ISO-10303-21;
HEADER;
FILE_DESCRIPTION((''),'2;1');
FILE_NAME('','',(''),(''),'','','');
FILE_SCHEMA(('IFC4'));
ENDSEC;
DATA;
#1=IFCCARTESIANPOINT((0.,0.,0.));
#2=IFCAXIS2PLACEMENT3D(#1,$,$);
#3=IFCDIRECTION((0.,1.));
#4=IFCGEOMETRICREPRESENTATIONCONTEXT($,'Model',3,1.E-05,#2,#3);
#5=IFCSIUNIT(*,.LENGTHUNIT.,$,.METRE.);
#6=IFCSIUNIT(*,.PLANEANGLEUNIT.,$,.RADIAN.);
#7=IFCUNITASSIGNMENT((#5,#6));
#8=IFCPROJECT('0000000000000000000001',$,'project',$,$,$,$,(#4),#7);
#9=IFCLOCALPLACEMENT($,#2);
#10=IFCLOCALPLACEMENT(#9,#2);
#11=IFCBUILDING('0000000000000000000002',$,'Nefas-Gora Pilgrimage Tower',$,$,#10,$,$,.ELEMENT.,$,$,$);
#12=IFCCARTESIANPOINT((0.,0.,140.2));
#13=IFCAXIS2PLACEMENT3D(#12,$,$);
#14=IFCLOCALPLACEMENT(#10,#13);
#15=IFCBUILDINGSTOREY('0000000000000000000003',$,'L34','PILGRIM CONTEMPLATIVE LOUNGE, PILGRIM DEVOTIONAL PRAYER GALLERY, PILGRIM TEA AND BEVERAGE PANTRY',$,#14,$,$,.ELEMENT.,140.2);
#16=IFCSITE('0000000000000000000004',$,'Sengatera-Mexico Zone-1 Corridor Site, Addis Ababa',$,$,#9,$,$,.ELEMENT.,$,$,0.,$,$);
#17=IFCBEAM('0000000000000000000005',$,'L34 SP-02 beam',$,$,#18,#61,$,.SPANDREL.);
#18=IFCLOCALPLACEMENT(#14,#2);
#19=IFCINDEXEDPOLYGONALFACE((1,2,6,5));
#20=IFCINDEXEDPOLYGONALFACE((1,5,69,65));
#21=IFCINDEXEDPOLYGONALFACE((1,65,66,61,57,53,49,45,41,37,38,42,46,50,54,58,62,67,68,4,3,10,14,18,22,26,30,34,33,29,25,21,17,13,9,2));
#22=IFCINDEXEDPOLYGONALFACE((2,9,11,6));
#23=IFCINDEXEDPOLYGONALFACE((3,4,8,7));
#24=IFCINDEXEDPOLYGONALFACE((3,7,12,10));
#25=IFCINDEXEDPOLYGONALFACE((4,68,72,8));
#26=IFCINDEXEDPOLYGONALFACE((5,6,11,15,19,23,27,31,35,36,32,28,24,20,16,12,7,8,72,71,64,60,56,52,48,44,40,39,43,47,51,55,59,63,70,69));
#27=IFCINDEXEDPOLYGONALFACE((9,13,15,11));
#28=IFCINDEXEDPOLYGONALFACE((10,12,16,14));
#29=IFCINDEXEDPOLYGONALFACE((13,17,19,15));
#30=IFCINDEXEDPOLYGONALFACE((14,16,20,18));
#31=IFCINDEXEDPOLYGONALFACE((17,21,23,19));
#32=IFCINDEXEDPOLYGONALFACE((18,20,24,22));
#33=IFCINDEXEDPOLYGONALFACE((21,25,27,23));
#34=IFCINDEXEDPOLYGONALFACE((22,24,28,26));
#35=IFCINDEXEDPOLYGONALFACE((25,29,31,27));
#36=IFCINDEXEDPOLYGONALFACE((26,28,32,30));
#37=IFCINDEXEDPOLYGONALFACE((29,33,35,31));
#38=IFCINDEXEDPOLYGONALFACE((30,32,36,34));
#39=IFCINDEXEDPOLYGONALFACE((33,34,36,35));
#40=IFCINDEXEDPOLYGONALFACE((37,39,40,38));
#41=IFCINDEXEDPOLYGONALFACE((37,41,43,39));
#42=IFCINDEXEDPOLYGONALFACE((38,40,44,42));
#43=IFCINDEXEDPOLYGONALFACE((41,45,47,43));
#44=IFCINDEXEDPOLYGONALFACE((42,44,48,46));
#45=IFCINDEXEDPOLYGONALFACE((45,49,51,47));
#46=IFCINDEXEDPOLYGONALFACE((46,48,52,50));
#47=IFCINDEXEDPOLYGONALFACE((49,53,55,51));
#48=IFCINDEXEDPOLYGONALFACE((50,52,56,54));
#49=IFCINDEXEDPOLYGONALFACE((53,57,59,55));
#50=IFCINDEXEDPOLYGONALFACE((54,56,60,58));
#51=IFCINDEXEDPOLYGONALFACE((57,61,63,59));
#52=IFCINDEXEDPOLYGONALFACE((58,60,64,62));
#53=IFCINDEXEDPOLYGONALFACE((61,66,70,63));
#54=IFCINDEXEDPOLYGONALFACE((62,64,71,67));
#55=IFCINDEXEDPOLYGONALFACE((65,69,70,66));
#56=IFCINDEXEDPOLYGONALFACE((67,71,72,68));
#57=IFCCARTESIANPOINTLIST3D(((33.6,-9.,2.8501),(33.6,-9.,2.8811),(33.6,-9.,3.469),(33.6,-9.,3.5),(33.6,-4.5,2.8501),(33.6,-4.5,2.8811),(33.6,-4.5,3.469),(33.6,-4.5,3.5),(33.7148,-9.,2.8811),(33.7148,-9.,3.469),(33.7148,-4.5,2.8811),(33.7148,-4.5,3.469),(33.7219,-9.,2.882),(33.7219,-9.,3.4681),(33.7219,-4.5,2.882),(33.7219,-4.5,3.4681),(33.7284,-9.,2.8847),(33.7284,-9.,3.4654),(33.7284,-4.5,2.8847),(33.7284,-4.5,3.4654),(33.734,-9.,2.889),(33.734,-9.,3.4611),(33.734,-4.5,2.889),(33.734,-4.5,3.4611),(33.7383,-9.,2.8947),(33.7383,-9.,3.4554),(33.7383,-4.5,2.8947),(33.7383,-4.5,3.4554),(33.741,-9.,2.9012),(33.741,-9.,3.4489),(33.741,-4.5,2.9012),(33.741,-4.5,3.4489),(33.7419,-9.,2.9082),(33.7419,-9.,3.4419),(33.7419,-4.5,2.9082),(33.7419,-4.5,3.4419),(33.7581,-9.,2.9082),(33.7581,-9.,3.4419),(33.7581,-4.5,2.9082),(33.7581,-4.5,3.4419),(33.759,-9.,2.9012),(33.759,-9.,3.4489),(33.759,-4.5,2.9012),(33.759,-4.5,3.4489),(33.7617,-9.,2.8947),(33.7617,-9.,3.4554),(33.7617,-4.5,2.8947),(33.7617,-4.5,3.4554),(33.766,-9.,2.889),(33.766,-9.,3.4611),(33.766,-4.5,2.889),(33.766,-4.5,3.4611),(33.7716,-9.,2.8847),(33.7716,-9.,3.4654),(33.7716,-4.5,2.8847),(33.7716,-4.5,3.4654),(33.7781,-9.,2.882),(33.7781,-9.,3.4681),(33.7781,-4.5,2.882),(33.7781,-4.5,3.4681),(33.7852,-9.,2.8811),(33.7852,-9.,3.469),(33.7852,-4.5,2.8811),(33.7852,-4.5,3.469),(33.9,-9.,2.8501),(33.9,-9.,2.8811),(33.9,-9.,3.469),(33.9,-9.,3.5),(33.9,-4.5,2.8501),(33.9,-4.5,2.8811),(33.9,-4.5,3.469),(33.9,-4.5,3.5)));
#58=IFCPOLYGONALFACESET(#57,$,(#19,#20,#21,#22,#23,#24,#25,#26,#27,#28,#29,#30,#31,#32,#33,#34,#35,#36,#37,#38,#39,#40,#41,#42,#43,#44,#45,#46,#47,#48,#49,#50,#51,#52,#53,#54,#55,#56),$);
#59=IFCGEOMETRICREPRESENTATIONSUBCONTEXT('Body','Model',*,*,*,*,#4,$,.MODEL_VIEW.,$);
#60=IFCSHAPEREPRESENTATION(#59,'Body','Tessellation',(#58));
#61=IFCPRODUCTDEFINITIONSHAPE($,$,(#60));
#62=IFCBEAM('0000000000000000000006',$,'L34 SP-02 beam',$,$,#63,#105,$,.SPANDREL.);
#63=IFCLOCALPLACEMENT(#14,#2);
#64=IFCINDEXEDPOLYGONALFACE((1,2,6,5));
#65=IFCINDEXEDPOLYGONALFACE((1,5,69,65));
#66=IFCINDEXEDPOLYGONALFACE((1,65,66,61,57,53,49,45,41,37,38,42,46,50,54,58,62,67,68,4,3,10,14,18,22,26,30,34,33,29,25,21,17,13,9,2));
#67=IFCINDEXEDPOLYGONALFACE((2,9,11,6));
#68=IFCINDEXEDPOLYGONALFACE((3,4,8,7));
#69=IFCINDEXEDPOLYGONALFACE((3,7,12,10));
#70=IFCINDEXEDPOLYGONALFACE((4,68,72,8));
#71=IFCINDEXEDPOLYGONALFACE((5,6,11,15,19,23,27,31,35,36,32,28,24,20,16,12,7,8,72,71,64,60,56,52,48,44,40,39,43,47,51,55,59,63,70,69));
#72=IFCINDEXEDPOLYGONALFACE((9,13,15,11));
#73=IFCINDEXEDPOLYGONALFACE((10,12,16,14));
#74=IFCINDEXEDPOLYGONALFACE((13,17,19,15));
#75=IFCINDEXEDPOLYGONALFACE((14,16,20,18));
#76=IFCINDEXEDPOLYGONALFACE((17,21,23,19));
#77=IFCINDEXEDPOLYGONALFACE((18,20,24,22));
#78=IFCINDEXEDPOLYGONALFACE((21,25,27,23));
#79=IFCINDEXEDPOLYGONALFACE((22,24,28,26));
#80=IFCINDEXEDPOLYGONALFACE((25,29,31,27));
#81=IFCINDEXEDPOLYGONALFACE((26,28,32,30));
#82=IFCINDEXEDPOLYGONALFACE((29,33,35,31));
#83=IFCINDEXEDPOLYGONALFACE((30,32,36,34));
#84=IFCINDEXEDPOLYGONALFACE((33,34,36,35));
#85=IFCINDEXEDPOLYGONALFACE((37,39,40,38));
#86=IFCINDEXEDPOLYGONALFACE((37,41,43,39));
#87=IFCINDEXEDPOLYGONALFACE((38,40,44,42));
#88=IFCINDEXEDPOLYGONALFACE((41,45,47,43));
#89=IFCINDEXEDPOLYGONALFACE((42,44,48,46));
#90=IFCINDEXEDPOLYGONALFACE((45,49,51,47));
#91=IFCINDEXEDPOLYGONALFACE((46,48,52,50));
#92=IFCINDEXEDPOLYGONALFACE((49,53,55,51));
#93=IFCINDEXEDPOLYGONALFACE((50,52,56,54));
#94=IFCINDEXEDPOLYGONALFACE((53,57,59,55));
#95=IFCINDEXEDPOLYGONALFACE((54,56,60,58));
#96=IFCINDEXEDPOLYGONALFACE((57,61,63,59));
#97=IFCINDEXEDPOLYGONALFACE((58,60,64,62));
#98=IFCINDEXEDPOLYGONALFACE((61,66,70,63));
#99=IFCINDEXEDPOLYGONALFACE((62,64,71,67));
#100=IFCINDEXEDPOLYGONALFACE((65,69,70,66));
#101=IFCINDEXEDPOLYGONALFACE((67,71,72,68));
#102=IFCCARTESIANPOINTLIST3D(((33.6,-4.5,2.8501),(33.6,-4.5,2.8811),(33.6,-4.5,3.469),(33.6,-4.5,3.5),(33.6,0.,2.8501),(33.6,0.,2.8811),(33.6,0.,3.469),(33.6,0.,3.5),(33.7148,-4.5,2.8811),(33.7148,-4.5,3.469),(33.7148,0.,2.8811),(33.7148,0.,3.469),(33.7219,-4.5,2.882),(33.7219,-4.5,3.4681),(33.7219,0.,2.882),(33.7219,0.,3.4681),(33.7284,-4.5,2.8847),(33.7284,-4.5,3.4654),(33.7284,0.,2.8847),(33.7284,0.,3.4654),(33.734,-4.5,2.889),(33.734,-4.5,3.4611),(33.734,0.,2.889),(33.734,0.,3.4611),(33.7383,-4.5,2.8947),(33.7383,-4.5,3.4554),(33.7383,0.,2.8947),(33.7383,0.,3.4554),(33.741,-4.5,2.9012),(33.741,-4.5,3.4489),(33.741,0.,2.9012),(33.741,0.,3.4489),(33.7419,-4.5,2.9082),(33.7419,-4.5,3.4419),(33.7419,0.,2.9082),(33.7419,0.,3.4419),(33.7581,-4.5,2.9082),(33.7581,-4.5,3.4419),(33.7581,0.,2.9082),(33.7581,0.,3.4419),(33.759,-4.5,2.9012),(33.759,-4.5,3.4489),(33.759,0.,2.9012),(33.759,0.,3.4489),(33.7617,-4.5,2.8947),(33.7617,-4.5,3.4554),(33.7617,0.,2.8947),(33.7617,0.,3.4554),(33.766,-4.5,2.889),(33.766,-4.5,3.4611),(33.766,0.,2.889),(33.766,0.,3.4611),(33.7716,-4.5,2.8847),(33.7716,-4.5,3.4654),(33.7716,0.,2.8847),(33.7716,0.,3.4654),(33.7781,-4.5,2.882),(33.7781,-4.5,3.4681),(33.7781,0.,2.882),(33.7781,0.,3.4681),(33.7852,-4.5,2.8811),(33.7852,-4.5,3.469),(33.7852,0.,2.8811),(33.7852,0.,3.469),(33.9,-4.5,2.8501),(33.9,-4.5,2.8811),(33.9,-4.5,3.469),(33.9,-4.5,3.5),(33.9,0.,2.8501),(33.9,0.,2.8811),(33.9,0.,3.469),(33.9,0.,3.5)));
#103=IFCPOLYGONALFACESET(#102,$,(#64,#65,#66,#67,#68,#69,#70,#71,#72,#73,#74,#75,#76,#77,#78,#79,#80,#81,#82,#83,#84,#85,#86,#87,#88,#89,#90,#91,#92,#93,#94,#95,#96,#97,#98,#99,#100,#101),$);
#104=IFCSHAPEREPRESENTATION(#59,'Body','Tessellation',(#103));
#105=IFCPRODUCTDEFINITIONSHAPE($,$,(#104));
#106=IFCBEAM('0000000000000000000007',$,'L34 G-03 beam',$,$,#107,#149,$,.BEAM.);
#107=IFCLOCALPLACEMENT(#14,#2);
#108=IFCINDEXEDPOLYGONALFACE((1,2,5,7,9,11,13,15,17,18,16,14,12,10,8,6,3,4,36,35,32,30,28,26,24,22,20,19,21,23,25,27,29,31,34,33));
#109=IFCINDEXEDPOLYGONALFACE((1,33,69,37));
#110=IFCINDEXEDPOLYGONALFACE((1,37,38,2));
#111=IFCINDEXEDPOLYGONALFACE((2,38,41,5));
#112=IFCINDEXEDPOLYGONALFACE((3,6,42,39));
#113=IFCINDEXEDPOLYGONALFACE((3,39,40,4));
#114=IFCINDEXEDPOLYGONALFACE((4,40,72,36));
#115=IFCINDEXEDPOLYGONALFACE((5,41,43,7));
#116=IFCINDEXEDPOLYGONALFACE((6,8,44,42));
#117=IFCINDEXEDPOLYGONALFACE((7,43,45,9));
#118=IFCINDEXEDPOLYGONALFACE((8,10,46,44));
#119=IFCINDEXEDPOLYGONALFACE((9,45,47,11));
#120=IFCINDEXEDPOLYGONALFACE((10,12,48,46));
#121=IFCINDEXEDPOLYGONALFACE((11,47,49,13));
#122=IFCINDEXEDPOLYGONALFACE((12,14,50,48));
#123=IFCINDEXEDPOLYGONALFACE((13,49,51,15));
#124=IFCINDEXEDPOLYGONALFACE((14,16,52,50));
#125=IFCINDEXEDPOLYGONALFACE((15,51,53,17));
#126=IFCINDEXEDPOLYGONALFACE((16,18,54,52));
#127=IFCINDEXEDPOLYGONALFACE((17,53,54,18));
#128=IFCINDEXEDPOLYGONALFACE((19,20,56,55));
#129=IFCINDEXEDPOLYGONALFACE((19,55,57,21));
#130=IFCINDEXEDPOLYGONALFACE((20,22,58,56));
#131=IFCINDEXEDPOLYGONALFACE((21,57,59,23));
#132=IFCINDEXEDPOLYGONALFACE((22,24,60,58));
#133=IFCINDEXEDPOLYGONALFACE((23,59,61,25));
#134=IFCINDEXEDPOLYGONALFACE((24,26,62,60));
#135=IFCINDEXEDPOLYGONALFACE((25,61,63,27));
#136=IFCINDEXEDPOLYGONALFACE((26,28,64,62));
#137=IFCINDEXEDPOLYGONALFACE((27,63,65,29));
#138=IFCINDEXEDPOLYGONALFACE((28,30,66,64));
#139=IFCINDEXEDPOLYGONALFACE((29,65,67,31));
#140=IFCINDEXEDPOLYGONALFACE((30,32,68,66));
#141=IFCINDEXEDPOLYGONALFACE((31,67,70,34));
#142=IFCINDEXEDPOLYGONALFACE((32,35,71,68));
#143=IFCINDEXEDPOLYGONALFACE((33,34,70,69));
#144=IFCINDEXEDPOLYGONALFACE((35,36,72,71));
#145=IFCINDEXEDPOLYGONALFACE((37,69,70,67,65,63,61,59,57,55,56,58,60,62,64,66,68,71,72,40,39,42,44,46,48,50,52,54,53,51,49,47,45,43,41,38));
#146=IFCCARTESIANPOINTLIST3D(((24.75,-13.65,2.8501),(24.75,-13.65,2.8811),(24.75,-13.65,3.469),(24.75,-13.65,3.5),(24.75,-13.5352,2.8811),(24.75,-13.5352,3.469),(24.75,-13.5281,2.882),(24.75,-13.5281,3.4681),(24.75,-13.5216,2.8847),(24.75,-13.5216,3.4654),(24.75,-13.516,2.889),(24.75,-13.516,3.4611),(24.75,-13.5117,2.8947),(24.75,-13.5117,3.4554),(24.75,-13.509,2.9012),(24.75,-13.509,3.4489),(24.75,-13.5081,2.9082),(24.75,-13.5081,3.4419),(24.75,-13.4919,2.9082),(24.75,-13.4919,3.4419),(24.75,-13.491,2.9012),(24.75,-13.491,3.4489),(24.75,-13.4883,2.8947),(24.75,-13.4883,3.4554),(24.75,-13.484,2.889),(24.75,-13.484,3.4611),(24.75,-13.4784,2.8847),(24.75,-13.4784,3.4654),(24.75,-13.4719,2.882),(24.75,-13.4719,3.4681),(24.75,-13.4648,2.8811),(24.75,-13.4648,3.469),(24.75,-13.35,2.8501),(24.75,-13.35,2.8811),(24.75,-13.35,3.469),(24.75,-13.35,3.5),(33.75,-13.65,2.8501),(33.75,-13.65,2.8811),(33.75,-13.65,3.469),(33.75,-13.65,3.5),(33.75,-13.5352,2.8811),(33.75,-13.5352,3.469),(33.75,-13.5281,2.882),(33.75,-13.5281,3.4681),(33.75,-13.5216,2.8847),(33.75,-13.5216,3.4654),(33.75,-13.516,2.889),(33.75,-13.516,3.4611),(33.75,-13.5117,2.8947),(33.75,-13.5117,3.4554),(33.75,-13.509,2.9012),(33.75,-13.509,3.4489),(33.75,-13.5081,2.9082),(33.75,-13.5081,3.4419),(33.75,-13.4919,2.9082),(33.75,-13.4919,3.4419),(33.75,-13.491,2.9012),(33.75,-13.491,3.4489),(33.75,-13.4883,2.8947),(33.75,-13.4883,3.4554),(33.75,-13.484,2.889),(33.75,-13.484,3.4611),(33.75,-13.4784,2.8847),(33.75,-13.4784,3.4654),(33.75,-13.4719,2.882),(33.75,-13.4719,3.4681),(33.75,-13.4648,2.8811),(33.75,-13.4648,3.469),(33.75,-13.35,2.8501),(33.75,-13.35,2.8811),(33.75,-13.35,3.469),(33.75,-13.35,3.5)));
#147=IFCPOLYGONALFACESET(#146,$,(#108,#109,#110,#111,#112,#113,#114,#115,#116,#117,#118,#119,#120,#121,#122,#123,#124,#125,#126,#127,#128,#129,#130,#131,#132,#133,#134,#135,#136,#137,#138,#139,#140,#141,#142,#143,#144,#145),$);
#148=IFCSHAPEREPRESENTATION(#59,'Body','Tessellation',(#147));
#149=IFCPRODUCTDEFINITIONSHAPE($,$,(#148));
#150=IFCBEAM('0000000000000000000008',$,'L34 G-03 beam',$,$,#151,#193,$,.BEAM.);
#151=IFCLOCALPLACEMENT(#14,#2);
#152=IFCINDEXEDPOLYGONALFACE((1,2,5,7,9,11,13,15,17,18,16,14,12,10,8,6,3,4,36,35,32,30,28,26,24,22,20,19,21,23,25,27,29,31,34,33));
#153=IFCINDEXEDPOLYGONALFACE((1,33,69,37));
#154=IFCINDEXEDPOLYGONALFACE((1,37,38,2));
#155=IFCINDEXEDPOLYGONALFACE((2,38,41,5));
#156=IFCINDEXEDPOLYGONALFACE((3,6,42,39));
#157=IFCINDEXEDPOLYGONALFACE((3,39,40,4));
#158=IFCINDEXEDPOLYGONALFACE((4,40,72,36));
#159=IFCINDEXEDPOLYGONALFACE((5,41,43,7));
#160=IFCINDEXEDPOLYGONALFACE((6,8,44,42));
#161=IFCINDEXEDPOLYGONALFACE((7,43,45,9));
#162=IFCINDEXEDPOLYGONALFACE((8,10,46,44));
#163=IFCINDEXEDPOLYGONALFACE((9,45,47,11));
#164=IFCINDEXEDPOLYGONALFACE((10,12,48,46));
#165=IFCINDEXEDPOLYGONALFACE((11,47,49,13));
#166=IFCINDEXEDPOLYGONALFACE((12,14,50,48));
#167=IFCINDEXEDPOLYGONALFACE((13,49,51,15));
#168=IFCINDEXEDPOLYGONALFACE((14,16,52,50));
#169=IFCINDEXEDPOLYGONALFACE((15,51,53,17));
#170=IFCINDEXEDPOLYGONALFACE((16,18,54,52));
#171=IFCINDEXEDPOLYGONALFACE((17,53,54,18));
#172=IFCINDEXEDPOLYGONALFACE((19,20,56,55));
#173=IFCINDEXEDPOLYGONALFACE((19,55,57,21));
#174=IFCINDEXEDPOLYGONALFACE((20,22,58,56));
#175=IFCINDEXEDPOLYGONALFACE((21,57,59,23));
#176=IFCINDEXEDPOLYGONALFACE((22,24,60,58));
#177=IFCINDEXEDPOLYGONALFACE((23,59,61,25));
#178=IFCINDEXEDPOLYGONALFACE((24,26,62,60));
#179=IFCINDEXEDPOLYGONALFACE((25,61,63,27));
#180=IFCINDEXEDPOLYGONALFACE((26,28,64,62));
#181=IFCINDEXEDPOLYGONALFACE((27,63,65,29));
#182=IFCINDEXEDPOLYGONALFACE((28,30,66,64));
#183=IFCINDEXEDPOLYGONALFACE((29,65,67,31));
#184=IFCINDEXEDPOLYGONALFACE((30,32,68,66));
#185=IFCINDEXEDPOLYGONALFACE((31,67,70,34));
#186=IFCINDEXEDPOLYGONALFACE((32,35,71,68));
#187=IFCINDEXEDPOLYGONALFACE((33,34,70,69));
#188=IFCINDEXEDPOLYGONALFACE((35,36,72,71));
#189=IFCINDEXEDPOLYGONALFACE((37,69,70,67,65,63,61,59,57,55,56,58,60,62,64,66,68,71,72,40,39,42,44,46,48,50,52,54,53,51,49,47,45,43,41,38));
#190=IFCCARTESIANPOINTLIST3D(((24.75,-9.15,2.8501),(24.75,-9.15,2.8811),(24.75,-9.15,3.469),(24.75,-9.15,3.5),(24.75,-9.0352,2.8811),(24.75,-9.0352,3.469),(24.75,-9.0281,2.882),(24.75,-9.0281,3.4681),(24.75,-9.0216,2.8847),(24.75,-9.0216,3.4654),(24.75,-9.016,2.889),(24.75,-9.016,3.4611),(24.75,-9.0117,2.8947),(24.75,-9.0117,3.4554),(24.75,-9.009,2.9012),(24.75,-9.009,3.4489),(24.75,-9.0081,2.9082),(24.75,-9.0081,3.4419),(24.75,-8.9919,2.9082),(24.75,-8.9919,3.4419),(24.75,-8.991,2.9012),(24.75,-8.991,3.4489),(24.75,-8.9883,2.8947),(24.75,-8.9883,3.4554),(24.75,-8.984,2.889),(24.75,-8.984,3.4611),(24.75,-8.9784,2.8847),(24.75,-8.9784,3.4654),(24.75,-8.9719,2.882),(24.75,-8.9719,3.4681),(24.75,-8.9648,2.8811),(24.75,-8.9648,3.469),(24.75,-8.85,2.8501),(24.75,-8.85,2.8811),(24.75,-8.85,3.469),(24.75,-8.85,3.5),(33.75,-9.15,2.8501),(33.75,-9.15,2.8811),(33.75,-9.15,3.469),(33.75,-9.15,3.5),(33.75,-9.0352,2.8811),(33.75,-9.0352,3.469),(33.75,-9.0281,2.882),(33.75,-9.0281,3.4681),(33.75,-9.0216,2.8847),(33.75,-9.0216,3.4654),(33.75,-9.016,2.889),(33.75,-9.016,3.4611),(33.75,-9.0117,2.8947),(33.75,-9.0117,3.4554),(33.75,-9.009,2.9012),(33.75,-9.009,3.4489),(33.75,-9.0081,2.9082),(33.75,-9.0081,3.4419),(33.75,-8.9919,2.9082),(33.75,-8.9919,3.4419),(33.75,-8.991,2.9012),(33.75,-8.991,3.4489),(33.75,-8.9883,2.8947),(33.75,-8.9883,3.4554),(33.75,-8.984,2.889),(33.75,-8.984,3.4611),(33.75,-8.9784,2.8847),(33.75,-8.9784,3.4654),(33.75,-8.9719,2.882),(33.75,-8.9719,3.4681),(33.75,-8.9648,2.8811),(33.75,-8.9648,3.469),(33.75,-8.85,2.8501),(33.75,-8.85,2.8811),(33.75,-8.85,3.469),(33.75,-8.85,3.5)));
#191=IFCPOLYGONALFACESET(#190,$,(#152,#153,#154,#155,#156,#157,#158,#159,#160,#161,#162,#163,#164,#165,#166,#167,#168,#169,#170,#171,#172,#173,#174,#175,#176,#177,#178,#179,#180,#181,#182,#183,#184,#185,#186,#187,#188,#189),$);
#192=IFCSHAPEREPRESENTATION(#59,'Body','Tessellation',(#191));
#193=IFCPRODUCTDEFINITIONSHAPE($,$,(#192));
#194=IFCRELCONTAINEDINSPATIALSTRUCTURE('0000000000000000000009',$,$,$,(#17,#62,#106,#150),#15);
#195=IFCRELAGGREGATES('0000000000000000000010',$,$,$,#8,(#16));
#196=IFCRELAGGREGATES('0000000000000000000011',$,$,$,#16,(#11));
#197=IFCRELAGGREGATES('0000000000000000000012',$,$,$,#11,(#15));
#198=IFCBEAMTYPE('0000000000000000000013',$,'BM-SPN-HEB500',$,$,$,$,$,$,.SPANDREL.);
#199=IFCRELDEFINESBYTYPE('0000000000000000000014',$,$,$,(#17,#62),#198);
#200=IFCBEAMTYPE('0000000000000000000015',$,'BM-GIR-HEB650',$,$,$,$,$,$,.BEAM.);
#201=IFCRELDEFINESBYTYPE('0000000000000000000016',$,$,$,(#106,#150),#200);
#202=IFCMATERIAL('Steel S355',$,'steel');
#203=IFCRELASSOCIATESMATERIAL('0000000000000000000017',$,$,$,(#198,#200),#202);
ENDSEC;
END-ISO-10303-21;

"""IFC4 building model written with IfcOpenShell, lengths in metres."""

from ifc_helpers import new_model, si_unit, direction, frame, origin, origin_2d, place, context, subcontext, project, spatial, i_section, extrude, source, transform, mapped, material, material_profile, profile_set, type_object, element, save


model = new_model("IFC4")

# Units and contexts
model_context = context("Model", 3, precision=1e-05, world=origin(), true_north=direction((0.0, 1.0)))
body_context = subcontext(model_context, "Body", "Model", "MODEL_VIEW")
ifc_project = project(units=[si_unit("LENGTHUNIT", "METRE"), si_unit("PLANEANGLEUNIT", "RADIAN")], contexts=[model_context])

# Site, building, storey
site_placement = place(None, origin())
site = spatial("IfcSite", under=ifc_project, at=site_placement, Name="Sengatera-Mexico Zone-1 Corridor Site, Addis Ababa", CompositionType="ELEMENT", RefElevation=0.0)
building_placement = place(site_placement, origin())
building = spatial("IfcBuilding", under=site, at=building_placement, Name="Nefas-Gora Pilgrimage Tower", CompositionType="ELEMENT")
storey_placement = place(building_placement, frame((0.0, 0.0, 140.2)))
storey = spatial("IfcBuildingStorey", under=building, at=storey_placement, Name="L34", Description="PILGRIM CONTEMPLATIVE LOUNGE, PILGRIM DEVOTIONAL PRAYER GALLERY, PILGRIM TEA AND BEVERAGE PANTRY", CompositionType="ELEMENT", Elevation=140.2)

# Beams
ifc_material_1 = material(Name="Steel S355", Category="steel")
ifc_material_profile_1 = material_profile(ifc_material_1, i_section(OverallWidth=0.3, OverallDepth=0.6499, WebThickness=0.0161, FlangeThickness=0.031, FilletRadius=0.0271, at=origin_2d()), Name="HEB 650")
ifc_profile_set_1 = profile_set([ifc_material_profile_1], Name="Steel S355")
beam_type_1 = type_object("IfcBeamType", Name="BM-SPN-HEB500", PredefinedType="SPANDREL", material=ifc_profile_set_1)
shared_shape_1 = source(origin(), body_context, "Body", "SweptSolid", [
    extrude(i_section(OverallWidth=0.3, OverallDepth=0.6499, WebThickness=0.0161, FlangeThickness=0.031, FilletRadius=0.0271, at=origin_2d()), origin(), (0.0, 0.0, 1.0), 4.5),
])
for number, where, z_axis, x_axis, name in (
    (1, (33.75, -9.0, 3.175), (0.0, 1.0, 0.0), (-1.0, 0.0, 0.0), "L34 SP-02 beam"),
    (2, (33.75, -4.5, 3.175), (0.0, 1.0, 0.0), (-1.0, 0.0, 0.0), "L34 SP-02 beam"),
):
    element("IfcBeam", number, at=place(storey_placement, frame(where, z_axis=z_axis, x_axis=x_axis)), inside=storey, type_object=beam_type_1, Name=name, PredefinedType="SPANDREL", context=body_context, shape_type="MappedRepresentation", body=[
        mapped(shared_shape_1, transform((0.0, 0.0, 0.0), x_axis=(1.0, 0.0, 0.0), y_axis=(0.0, 1.0, 0.0), z_axis=(0.0, 0.0, 1.0), scale=1.0)),
    ])
ifc_material_profile_2 = material_profile(ifc_material_1, i_section(OverallWidth=0.3, OverallDepth=0.6499, WebThickness=0.0161, FlangeThickness=0.031, FilletRadius=0.0271, at=origin_2d()), Name="HEB 650")
ifc_profile_set_2 = profile_set([ifc_material_profile_2], Name="Steel S355")
beam_type_2 = type_object("IfcBeamType", Name="BM-GIR-HEB650", PredefinedType="BEAM", material=ifc_profile_set_2)
shared_shape_2 = source(origin(), body_context, "Body", "SweptSolid", [
    extrude(i_section(OverallWidth=0.3, OverallDepth=0.6499, WebThickness=0.0161, FlangeThickness=0.031, FilletRadius=0.0271, at=origin_2d()), origin(), (0.0, 0.0, 1.0), 9.0),
])
for number, where, z_axis, x_axis, name in (
    (3, (24.75, -13.5, 3.175), (1.0, 0.0, 0.0), (0.0, 1.0, 0.0), "L34 G-03 beam"),
    (4, (24.75, -9.0, 3.175), (1.0, 0.0, 0.0), (0.0, 1.0, 0.0), "L34 G-03 beam"),
):
    element("IfcBeam", number, at=place(storey_placement, frame(where, z_axis=z_axis, x_axis=x_axis)), inside=storey, type_object=beam_type_2, Name=name, PredefinedType="BEAM", context=body_context, shape_type="MappedRepresentation", body=[
        mapped(shared_shape_2, transform((0.0, 0.0, 0.0), x_axis=(1.0, 0.0, 0.0), y_axis=(0.0, 1.0, 0.0), z_axis=(0.0, 0.0, 1.0), scale=1.0)),
    ])

save(model, "model.ifc")
